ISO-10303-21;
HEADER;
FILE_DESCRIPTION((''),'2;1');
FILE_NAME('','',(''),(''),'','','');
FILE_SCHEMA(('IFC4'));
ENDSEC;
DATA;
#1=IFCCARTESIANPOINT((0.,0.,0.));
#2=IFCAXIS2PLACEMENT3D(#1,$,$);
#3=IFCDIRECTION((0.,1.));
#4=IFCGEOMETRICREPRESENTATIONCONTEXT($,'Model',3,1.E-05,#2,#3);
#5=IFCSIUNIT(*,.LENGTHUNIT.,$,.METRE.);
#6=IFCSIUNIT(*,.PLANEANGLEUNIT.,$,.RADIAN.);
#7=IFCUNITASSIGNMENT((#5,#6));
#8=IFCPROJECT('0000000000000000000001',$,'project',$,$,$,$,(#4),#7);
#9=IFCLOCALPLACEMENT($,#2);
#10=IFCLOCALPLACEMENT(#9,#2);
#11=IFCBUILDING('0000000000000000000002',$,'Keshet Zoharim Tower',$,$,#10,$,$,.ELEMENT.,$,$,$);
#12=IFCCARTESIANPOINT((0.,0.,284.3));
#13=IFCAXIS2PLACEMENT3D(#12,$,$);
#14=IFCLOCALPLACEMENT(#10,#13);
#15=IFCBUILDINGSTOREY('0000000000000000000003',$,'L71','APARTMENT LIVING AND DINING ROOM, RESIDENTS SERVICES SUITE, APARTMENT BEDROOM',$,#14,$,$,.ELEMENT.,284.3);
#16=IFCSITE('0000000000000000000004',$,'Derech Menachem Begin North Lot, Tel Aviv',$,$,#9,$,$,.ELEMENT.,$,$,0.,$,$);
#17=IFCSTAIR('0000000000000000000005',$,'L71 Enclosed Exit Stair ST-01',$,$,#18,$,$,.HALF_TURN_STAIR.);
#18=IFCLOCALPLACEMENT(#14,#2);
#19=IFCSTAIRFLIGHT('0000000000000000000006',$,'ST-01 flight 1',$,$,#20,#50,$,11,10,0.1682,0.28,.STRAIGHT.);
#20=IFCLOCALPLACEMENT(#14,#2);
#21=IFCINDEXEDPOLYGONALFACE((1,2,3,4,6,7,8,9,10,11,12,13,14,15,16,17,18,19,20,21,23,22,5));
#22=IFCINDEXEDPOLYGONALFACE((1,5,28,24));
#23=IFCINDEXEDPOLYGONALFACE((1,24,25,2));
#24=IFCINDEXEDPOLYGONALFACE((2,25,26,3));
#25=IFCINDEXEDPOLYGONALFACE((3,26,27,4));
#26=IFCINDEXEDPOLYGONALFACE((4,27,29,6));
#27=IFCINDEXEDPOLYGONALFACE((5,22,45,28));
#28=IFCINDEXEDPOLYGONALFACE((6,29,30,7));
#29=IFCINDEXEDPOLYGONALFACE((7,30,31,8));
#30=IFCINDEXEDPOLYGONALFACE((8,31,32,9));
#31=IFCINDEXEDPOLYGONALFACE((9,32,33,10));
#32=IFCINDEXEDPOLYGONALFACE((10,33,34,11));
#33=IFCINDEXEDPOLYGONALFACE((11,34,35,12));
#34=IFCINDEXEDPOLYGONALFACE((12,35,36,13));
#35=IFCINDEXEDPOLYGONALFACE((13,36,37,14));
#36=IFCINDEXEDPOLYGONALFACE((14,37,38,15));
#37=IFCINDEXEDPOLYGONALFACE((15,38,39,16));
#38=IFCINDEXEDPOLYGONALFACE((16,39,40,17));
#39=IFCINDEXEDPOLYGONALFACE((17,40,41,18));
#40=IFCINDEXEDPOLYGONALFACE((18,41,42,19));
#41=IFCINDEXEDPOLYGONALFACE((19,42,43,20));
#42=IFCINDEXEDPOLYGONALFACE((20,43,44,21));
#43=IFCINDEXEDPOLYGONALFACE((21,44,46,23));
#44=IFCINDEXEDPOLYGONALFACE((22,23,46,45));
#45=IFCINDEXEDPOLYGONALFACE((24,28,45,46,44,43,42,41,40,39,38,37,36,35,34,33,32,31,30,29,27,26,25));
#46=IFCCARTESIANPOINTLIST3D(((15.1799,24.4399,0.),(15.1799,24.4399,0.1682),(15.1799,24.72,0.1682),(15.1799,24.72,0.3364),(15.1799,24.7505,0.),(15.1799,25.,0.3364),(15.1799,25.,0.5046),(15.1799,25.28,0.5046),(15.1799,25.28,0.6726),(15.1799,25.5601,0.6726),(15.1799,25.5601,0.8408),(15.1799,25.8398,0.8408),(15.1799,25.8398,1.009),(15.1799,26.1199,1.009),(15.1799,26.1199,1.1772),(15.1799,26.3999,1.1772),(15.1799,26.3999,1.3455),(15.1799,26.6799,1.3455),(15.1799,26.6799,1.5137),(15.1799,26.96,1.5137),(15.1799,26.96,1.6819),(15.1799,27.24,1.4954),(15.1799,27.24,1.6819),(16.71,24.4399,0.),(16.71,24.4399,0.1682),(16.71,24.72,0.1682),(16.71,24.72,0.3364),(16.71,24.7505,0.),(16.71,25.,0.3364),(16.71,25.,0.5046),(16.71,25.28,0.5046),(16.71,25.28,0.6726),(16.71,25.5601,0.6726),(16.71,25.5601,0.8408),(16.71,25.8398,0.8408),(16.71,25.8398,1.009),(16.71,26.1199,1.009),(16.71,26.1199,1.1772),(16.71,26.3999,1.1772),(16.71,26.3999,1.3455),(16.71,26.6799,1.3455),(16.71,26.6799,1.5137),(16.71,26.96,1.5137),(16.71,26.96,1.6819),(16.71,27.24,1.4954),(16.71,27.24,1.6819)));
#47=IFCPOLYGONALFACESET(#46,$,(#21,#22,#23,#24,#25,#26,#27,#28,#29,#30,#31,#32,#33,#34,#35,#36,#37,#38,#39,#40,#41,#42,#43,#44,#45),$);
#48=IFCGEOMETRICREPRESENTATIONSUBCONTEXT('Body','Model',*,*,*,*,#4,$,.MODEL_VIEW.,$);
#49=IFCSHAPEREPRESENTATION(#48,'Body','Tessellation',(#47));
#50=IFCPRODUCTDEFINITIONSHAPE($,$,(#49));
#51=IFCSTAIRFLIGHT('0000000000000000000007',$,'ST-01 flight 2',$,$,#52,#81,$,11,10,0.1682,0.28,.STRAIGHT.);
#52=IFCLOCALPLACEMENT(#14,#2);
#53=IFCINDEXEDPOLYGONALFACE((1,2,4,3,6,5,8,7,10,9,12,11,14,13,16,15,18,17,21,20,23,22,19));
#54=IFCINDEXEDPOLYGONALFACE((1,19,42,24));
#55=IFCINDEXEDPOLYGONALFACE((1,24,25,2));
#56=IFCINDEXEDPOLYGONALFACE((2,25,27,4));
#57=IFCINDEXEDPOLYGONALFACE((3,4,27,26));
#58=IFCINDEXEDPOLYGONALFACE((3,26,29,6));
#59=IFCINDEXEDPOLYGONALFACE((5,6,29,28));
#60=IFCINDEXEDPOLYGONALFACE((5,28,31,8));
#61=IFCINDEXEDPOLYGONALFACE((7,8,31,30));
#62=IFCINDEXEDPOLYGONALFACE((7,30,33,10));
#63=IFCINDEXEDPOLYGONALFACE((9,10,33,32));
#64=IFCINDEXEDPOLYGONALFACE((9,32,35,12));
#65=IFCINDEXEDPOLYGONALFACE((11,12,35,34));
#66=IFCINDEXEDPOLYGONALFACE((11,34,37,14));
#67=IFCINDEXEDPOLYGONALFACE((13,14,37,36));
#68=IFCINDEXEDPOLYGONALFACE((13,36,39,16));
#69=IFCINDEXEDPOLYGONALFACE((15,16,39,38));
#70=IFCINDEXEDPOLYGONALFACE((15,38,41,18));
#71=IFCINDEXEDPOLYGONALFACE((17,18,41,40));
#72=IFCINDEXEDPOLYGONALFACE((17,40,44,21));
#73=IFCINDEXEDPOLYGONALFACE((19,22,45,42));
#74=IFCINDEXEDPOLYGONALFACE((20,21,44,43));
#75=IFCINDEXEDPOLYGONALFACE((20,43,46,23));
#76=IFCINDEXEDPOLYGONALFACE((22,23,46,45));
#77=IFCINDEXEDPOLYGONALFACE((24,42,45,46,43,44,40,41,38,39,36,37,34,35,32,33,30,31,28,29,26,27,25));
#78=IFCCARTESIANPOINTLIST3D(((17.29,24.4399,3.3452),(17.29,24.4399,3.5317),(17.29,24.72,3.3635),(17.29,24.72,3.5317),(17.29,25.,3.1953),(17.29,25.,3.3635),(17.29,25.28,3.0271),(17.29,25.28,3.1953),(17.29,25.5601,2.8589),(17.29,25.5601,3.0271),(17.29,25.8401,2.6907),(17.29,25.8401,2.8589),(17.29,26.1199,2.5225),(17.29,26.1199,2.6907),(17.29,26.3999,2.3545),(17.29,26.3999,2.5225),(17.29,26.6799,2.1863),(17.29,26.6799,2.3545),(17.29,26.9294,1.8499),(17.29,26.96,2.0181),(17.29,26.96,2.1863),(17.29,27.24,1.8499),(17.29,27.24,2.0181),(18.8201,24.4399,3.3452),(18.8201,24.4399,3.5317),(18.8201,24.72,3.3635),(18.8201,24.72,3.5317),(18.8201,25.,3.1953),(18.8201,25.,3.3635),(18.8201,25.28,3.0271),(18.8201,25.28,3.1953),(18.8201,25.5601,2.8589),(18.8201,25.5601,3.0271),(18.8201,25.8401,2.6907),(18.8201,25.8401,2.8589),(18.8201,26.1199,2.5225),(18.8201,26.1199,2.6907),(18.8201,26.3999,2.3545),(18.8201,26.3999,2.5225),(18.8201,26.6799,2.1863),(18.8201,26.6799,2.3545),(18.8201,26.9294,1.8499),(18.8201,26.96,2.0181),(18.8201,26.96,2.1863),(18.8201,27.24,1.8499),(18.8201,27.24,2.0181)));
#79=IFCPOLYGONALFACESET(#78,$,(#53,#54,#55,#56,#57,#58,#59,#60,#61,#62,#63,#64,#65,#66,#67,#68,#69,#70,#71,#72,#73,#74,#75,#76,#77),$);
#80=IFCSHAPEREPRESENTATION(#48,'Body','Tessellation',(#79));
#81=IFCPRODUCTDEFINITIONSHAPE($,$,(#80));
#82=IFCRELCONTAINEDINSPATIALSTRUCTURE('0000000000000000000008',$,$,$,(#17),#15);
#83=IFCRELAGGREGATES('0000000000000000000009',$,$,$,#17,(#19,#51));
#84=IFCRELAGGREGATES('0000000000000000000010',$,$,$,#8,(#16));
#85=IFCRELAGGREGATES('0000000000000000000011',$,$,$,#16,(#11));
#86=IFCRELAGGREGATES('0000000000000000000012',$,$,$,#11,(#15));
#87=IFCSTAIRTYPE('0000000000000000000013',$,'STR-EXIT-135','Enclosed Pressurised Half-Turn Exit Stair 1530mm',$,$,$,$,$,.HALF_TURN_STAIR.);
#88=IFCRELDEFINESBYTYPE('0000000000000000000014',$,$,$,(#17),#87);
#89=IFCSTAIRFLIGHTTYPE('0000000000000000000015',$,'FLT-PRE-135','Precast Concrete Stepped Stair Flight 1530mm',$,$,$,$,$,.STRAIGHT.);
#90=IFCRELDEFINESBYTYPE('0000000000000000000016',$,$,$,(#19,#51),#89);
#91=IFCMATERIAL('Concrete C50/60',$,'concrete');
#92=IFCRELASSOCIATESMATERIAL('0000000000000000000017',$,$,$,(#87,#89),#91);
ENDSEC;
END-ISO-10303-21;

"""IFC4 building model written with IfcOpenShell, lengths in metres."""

from ifc_helpers import new_model, si_unit, direction, frame, origin, place, context, subcontext, project, spatial, polyline, outline, extrude, material, type_object, element, aggregate, save


model = new_model("IFC4")

# Units and contexts
model_context = context("Model", 3, precision=1e-05, world=origin(), true_north=direction((0.0, 1.0)))
body_context = subcontext(model_context, "Body", "Model", "MODEL_VIEW")
ifc_project = project(units=[si_unit("LENGTHUNIT", "METRE"), si_unit("PLANEANGLEUNIT", "RADIAN")], contexts=[model_context])

# Site, building, storey
site_placement = place(None, origin())
site = spatial("IfcSite", under=ifc_project, at=site_placement, Name="Derech Menachem Begin North Lot, Tel Aviv", CompositionType="ELEMENT", RefElevation=0.0)
building_placement = place(site_placement, origin())
building = spatial("IfcBuilding", under=site, at=building_placement, Name="Keshet Zoharim Tower", CompositionType="ELEMENT")
storey_placement = place(building_placement, frame((0.0, 0.0, 284.3)))
storey = spatial("IfcBuildingStorey", under=building, at=storey_placement, Name="L71", Description="APARTMENT LIVING AND DINING ROOM, RESIDENTS SERVICES SUITE, APARTMENT BEDROOM", CompositionType="ELEMENT", Elevation=284.3)

# Shared definitions
ifc_material_1 = material(Name="Concrete C50/60", Category="concrete")

# Stair, stair flights
stair_type = type_object("IfcStairType", Name="STR-EXIT-135", Description="Enclosed Pressurised Half-Turn Exit Stair 1530mm", PredefinedType="HALF_TURN_STAIR", material=ifc_material_1)
stair_placement = place(storey_placement, origin())
stair = element("IfcStair", 1, at=stair_placement, inside=storey, type_object=stair_type, Name="L71 Enclosed Exit Stair ST-01", PredefinedType="HALF_TURN_STAIR")
stair_flight_type = type_object("IfcStairFlightType", Name="FLT-PRE-135", Description="Precast Concrete Stepped Stair Flight 1530mm", PredefinedType="STRAIGHT", material=ifc_material_1)
stair_flight_1_placement = place(storey_placement, frame((15.9451, 24.4399, 0.0), z_axis=(0.0, 0.0, 1.0), x_axis=(0.0, 1.0, 0.0)))
stair_flight_1 = element("IfcStairFlight", 2, at=stair_flight_1_placement, type_object=stair_flight_type, Name="ST-01 flight 1", NumberOfRisers=11, NumberOfTreads=10, PredefinedType="STRAIGHT", RiserHeight=0.1682, TreadLength=0.28, context=body_context, shape_type="SweptSolid", body=[
    extrude(outline(polyline([(0.0, 0.0), (0.0, 0.1682), (0.28, 0.1682), (0.28, 0.3364), (0.5601, 0.3364), (0.5601, 0.5046), (0.8401, 0.5046), (0.8401, 0.6726), (1.1201, 0.6726), (1.1201, 0.8408), (1.3999, 0.8408), (1.3999, 1.009), (1.6799, 1.009), (1.6799, 1.1772), (1.96, 1.1772), (1.96, 1.3455), (2.24, 1.3455), (2.24, 1.5137), (2.52, 1.5137), (2.52, 1.6819), (2.8, 1.6819), (2.8, 1.8501), (2.8, 1.4954), (0.3105, 0.0), (0.0, 0.0)])), frame((0.0, 0.7651, 0.0), z_axis=(0.0, -1.0, 0.0), x_axis=(1.0, 0.0, 0.0)), (0.0, 0.0, 1.0), 1.53),
])
stair_flight_2_placement = place(storey_placement, frame((18.0549, 27.24, 1.8499), z_axis=(0.0, 0.0, 1.0), x_axis=(0.0, -1.0, 0.0)))
stair_flight_2 = element("IfcStairFlight", 3, at=stair_flight_2_placement, type_object=stair_flight_type, Name="ST-01 flight 2", NumberOfRisers=11, NumberOfTreads=10, PredefinedType="STRAIGHT", RiserHeight=0.1682, TreadLength=0.28, context=body_context, shape_type="SweptSolid", body=[
    extrude(outline(polyline([(0.0, 0.0), (0.0, 0.1682), (0.28, 0.1682), (0.28, 0.3364), (0.5601, 0.3364), (0.5601, 0.5046), (0.8401, 0.5046), (0.8401, 0.6726), (1.1201, 0.6726), (1.1201, 0.8408), (1.3999, 0.8408), (1.3999, 1.009), (1.6799, 1.009), (1.6799, 1.1772), (1.96, 1.1772), (1.96, 1.3455), (2.24, 1.3455), (2.24, 1.5137), (2.52, 1.5137), (2.52, 1.6819), (2.8, 1.6819), (2.8, 1.8501), (2.8, 1.4954), (0.3105, 0.0), (0.0, 0.0)])), frame((0.0, 0.7651, 0.0), z_axis=(0.0, -1.0, 0.0), x_axis=(1.0, 0.0, 0.0)), (0.0, 0.0, 1.0), 1.53),
])
aggregate(stair, [stair_flight_1, stair_flight_2])

save(model, "model.ifc")
